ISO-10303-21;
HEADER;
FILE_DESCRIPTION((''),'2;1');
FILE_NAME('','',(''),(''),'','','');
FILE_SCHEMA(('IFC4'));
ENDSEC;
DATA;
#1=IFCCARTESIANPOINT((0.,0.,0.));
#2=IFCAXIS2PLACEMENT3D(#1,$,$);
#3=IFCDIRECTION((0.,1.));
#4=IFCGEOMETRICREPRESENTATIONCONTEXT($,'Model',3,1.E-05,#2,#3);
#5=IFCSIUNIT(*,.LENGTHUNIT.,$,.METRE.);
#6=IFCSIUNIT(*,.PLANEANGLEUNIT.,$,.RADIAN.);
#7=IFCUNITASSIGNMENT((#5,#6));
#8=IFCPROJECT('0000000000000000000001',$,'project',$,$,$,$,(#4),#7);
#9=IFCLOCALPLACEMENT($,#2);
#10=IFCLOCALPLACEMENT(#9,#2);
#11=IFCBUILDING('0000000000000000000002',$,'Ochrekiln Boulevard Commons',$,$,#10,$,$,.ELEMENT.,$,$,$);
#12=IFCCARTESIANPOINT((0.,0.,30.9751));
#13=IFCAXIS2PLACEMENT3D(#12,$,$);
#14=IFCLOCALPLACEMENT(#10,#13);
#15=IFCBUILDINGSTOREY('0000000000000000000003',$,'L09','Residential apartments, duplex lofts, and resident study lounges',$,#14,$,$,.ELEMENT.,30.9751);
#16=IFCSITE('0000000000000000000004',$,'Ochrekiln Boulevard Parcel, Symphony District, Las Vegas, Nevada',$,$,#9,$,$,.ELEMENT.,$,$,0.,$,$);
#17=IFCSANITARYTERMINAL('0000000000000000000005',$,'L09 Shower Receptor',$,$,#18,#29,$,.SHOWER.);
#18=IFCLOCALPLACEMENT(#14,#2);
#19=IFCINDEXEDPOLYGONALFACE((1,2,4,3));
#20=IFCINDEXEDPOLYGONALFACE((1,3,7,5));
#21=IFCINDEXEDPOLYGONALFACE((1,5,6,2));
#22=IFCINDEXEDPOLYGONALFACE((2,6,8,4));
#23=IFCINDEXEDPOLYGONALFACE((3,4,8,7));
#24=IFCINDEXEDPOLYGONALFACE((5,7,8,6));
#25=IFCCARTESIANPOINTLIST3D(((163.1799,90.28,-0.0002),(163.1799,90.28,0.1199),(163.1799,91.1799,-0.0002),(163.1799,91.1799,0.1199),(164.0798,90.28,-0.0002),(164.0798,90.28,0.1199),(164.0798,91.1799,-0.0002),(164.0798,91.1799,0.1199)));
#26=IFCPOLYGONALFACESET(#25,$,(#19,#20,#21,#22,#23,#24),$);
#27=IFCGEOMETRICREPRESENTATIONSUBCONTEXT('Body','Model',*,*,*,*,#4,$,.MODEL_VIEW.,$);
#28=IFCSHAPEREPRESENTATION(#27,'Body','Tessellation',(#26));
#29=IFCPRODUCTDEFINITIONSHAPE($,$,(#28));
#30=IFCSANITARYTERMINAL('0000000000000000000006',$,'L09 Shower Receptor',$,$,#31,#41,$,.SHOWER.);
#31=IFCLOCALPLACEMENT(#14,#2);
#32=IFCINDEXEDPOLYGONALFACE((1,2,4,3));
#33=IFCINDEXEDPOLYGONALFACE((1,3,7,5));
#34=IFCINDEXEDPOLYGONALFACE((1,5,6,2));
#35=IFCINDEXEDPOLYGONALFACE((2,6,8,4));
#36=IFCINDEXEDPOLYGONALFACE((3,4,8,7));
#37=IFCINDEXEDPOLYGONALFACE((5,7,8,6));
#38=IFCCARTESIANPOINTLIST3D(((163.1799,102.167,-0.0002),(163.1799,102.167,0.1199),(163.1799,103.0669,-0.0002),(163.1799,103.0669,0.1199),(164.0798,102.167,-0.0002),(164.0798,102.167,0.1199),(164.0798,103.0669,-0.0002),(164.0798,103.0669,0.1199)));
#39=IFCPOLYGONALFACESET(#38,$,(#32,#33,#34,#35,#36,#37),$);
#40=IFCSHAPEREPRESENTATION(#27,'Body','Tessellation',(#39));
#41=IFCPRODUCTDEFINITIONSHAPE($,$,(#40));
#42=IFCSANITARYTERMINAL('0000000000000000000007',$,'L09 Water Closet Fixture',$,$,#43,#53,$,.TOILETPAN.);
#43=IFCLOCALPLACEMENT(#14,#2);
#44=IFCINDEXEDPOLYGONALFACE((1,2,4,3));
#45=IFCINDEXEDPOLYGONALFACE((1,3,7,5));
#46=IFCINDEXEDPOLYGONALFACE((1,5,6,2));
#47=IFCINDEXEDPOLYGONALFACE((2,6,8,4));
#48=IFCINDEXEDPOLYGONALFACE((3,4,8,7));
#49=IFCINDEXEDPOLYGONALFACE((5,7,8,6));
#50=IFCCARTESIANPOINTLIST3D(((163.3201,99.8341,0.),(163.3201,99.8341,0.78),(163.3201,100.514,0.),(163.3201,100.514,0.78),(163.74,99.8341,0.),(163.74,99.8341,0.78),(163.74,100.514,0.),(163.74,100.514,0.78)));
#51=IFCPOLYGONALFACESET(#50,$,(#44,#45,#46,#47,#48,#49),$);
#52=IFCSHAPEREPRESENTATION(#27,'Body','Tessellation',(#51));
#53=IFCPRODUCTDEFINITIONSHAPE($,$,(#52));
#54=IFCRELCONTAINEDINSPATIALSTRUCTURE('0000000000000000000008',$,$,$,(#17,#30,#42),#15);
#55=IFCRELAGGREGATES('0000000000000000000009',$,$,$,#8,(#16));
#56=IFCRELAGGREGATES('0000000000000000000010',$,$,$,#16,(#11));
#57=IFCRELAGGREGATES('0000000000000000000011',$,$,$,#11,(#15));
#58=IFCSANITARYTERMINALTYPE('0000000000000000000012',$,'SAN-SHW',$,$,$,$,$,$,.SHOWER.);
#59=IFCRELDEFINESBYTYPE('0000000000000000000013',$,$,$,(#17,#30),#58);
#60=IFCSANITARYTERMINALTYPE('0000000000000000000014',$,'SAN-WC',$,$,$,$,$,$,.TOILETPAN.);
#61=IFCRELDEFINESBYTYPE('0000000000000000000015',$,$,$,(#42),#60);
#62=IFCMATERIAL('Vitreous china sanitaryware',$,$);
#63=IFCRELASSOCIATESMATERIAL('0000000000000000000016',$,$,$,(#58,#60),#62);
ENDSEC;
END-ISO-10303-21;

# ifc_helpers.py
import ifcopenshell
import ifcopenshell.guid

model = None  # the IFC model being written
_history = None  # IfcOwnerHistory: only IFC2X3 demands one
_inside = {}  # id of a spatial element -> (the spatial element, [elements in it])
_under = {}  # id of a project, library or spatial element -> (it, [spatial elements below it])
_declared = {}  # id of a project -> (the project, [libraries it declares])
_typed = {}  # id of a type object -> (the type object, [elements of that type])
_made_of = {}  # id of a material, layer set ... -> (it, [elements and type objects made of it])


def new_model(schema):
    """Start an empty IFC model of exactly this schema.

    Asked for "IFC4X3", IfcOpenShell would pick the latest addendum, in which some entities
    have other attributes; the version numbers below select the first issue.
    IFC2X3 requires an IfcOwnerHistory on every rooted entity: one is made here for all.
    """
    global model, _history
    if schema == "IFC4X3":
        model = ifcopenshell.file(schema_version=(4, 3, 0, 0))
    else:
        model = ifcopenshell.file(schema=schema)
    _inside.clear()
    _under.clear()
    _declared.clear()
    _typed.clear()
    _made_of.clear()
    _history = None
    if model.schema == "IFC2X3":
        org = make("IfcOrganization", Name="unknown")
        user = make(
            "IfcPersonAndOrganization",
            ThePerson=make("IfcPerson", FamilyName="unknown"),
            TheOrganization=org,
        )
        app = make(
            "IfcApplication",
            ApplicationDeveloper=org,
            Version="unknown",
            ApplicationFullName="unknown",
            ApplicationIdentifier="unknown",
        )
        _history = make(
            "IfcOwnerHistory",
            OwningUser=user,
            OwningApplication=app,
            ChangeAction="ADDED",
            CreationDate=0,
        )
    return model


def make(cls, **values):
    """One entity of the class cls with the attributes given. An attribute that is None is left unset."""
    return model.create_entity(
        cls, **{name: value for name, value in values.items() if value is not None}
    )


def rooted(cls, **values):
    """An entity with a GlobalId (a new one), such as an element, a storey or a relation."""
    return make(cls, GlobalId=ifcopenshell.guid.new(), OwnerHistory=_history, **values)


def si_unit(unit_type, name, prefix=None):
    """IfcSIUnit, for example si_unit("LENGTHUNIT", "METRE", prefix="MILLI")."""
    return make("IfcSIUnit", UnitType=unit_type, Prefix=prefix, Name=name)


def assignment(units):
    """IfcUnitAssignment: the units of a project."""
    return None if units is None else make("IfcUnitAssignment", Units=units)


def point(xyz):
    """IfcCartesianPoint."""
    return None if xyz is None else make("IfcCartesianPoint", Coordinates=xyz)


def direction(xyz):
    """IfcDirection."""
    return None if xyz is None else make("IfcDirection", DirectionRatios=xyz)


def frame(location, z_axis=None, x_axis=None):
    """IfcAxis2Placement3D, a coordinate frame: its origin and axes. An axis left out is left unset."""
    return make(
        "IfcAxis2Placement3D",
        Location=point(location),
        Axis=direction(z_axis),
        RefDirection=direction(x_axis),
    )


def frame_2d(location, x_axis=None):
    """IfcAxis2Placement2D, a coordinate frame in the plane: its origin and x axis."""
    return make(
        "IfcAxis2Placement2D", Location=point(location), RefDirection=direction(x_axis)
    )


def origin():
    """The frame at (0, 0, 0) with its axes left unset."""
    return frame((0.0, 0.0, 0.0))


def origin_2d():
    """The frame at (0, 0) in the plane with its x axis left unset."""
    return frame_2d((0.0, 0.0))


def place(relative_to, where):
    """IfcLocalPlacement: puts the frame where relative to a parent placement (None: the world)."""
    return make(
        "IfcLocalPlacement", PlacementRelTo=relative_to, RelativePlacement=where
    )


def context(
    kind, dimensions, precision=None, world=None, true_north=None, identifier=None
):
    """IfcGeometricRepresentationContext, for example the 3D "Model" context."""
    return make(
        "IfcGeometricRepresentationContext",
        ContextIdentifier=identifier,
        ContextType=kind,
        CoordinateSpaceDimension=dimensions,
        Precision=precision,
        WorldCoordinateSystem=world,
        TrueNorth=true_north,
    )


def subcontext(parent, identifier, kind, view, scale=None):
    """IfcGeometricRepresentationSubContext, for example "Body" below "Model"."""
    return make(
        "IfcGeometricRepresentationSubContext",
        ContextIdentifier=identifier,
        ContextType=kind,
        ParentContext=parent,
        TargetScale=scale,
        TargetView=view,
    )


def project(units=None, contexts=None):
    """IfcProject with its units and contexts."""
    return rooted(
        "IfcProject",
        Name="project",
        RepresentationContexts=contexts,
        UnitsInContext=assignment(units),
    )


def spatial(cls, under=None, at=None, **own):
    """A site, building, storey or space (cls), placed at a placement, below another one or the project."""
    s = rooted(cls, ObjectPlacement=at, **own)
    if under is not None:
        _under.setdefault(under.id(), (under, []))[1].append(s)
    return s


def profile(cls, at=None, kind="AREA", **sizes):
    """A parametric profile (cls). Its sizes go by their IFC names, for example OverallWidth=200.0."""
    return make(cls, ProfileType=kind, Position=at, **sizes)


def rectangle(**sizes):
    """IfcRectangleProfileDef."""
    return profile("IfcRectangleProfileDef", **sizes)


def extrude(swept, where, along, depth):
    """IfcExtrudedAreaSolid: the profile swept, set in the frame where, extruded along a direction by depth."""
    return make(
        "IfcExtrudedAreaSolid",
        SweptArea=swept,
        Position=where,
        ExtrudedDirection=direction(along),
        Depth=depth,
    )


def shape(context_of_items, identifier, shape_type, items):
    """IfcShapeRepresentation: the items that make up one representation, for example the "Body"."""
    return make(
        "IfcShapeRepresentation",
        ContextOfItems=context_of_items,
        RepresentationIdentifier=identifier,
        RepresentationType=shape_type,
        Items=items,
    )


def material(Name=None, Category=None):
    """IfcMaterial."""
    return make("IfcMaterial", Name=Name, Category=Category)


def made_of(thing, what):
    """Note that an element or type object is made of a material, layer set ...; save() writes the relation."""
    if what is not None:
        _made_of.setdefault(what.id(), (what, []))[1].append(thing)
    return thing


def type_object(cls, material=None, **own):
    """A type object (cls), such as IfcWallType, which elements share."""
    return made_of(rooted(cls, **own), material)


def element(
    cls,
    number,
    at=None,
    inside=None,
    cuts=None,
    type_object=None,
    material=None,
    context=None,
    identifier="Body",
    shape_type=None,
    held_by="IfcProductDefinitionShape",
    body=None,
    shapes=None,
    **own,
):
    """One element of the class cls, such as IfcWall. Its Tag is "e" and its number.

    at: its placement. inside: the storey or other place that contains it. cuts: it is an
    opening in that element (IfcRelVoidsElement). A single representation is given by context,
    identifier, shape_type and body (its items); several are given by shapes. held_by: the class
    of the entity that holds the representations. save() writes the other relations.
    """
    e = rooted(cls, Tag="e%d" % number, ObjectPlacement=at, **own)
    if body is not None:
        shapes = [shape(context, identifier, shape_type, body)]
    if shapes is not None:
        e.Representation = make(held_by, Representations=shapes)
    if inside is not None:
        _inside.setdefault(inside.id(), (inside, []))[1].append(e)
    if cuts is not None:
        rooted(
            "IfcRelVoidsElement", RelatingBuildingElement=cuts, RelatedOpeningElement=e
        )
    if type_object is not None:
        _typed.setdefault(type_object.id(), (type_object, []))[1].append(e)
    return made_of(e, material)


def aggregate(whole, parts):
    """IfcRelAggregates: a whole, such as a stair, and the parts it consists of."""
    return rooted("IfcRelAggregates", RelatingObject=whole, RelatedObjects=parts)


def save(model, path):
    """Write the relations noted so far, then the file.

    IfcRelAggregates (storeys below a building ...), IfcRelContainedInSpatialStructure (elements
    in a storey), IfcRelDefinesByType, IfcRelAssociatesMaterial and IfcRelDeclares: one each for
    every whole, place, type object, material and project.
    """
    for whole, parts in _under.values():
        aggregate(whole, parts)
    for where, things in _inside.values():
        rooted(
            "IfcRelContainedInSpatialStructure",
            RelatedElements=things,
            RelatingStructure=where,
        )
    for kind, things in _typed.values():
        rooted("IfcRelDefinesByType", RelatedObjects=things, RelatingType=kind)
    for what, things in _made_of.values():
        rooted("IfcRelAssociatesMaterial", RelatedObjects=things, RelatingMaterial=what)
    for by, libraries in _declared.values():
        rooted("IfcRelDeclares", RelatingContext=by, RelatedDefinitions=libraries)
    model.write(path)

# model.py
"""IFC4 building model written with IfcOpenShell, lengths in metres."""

from ifc_helpers import new_model, si_unit, direction, frame, origin, origin_2d, place, context, subcontext, project, spatial, rectangle, extrude, material, type_object, element, save


model = new_model("IFC4")

# Units and contexts
model_context = context("Model", 3, precision=1e-05, world=origin(), true_north=direction((0.0, 1.0)))
body_context = subcontext(model_context, "Body", "Model", "MODEL_VIEW")
ifc_project = project(units=[si_unit("LENGTHUNIT", "METRE"), si_unit("PLANEANGLEUNIT", "RADIAN")], contexts=[model_context])

# Site, building, storey
site_placement = place(None, origin())
site = spatial("IfcSite", under=ifc_project, at=site_placement, Name="Ochrekiln Boulevard Parcel, Symphony District, Las Vegas, Nevada", CompositionType="ELEMENT", RefElevation=0.0)
building_placement = place(site_placement, origin())
building = spatial("IfcBuilding", under=site, at=building_placement, Name="Ochrekiln Boulevard Commons", CompositionType="ELEMENT")
storey_placement = place(building_placement, frame((0.0, 0.0, 30.9751)))
storey = spatial("IfcBuildingStorey", under=building, at=storey_placement, Name="L09", Description="Residential apartments, duplex lofts, and resident study lounges", CompositionType="ELEMENT", Elevation=30.9751)

# Sanitary terminals
ifc_material_1 = material(Name="Vitreous china sanitaryware")
sanitary_terminal_type_1 = type_object("IfcSanitaryTerminalType", Name="SAN-SHW", PredefinedType="SHOWER", material=ifc_material_1)
for number, where, z_axis, x_axis, name in (
    (1, (163.6299, 90.73, -0.0002), (0.0, 0.0, 1.0), (1.0, 0.0, 0.0), "L09 Shower Receptor"),
    (2, (163.6299, 102.6169, -0.0002), (0.0, 0.0, 1.0), (1.0, 0.0, 0.0), "L09 Shower Receptor"),
):
    element("IfcSanitaryTerminal", number, at=place(storey_placement, frame(where, z_axis=z_axis, x_axis=x_axis)), inside=storey, type_object=sanitary_terminal_type_1, Name=name, PredefinedType="SHOWER", context=body_context, shape_type="SweptSolid", body=[
        extrude(rectangle(XDim=0.8999, YDim=0.8999, at=origin_2d()), origin(), (0.0, 0.0, 1.0), 0.1201),
    ])
sanitary_terminal_type_2 = type_object("IfcSanitaryTerminalType", Name="SAN-WC", PredefinedType="TOILETPAN", material=ifc_material_1)
sanitary_terminal_1_placement = place(storey_placement, frame((163.53, 100.1741, 0.0), z_axis=(0.0, 0.0, 1.0), x_axis=(1.0, 0.0, 0.0)))
element("IfcSanitaryTerminal", 3, at=sanitary_terminal_1_placement, inside=storey, type_object=sanitary_terminal_type_2, Name="L09 Water Closet Fixture", PredefinedType="TOILETPAN", context=body_context, shape_type="SweptSolid", body=[
    extrude(rectangle(XDim=0.4199, YDim=0.6799, at=origin_2d()), origin(), (0.0, 0.0, 1.0), 0.78),
])

save(model, "model.ifc")
